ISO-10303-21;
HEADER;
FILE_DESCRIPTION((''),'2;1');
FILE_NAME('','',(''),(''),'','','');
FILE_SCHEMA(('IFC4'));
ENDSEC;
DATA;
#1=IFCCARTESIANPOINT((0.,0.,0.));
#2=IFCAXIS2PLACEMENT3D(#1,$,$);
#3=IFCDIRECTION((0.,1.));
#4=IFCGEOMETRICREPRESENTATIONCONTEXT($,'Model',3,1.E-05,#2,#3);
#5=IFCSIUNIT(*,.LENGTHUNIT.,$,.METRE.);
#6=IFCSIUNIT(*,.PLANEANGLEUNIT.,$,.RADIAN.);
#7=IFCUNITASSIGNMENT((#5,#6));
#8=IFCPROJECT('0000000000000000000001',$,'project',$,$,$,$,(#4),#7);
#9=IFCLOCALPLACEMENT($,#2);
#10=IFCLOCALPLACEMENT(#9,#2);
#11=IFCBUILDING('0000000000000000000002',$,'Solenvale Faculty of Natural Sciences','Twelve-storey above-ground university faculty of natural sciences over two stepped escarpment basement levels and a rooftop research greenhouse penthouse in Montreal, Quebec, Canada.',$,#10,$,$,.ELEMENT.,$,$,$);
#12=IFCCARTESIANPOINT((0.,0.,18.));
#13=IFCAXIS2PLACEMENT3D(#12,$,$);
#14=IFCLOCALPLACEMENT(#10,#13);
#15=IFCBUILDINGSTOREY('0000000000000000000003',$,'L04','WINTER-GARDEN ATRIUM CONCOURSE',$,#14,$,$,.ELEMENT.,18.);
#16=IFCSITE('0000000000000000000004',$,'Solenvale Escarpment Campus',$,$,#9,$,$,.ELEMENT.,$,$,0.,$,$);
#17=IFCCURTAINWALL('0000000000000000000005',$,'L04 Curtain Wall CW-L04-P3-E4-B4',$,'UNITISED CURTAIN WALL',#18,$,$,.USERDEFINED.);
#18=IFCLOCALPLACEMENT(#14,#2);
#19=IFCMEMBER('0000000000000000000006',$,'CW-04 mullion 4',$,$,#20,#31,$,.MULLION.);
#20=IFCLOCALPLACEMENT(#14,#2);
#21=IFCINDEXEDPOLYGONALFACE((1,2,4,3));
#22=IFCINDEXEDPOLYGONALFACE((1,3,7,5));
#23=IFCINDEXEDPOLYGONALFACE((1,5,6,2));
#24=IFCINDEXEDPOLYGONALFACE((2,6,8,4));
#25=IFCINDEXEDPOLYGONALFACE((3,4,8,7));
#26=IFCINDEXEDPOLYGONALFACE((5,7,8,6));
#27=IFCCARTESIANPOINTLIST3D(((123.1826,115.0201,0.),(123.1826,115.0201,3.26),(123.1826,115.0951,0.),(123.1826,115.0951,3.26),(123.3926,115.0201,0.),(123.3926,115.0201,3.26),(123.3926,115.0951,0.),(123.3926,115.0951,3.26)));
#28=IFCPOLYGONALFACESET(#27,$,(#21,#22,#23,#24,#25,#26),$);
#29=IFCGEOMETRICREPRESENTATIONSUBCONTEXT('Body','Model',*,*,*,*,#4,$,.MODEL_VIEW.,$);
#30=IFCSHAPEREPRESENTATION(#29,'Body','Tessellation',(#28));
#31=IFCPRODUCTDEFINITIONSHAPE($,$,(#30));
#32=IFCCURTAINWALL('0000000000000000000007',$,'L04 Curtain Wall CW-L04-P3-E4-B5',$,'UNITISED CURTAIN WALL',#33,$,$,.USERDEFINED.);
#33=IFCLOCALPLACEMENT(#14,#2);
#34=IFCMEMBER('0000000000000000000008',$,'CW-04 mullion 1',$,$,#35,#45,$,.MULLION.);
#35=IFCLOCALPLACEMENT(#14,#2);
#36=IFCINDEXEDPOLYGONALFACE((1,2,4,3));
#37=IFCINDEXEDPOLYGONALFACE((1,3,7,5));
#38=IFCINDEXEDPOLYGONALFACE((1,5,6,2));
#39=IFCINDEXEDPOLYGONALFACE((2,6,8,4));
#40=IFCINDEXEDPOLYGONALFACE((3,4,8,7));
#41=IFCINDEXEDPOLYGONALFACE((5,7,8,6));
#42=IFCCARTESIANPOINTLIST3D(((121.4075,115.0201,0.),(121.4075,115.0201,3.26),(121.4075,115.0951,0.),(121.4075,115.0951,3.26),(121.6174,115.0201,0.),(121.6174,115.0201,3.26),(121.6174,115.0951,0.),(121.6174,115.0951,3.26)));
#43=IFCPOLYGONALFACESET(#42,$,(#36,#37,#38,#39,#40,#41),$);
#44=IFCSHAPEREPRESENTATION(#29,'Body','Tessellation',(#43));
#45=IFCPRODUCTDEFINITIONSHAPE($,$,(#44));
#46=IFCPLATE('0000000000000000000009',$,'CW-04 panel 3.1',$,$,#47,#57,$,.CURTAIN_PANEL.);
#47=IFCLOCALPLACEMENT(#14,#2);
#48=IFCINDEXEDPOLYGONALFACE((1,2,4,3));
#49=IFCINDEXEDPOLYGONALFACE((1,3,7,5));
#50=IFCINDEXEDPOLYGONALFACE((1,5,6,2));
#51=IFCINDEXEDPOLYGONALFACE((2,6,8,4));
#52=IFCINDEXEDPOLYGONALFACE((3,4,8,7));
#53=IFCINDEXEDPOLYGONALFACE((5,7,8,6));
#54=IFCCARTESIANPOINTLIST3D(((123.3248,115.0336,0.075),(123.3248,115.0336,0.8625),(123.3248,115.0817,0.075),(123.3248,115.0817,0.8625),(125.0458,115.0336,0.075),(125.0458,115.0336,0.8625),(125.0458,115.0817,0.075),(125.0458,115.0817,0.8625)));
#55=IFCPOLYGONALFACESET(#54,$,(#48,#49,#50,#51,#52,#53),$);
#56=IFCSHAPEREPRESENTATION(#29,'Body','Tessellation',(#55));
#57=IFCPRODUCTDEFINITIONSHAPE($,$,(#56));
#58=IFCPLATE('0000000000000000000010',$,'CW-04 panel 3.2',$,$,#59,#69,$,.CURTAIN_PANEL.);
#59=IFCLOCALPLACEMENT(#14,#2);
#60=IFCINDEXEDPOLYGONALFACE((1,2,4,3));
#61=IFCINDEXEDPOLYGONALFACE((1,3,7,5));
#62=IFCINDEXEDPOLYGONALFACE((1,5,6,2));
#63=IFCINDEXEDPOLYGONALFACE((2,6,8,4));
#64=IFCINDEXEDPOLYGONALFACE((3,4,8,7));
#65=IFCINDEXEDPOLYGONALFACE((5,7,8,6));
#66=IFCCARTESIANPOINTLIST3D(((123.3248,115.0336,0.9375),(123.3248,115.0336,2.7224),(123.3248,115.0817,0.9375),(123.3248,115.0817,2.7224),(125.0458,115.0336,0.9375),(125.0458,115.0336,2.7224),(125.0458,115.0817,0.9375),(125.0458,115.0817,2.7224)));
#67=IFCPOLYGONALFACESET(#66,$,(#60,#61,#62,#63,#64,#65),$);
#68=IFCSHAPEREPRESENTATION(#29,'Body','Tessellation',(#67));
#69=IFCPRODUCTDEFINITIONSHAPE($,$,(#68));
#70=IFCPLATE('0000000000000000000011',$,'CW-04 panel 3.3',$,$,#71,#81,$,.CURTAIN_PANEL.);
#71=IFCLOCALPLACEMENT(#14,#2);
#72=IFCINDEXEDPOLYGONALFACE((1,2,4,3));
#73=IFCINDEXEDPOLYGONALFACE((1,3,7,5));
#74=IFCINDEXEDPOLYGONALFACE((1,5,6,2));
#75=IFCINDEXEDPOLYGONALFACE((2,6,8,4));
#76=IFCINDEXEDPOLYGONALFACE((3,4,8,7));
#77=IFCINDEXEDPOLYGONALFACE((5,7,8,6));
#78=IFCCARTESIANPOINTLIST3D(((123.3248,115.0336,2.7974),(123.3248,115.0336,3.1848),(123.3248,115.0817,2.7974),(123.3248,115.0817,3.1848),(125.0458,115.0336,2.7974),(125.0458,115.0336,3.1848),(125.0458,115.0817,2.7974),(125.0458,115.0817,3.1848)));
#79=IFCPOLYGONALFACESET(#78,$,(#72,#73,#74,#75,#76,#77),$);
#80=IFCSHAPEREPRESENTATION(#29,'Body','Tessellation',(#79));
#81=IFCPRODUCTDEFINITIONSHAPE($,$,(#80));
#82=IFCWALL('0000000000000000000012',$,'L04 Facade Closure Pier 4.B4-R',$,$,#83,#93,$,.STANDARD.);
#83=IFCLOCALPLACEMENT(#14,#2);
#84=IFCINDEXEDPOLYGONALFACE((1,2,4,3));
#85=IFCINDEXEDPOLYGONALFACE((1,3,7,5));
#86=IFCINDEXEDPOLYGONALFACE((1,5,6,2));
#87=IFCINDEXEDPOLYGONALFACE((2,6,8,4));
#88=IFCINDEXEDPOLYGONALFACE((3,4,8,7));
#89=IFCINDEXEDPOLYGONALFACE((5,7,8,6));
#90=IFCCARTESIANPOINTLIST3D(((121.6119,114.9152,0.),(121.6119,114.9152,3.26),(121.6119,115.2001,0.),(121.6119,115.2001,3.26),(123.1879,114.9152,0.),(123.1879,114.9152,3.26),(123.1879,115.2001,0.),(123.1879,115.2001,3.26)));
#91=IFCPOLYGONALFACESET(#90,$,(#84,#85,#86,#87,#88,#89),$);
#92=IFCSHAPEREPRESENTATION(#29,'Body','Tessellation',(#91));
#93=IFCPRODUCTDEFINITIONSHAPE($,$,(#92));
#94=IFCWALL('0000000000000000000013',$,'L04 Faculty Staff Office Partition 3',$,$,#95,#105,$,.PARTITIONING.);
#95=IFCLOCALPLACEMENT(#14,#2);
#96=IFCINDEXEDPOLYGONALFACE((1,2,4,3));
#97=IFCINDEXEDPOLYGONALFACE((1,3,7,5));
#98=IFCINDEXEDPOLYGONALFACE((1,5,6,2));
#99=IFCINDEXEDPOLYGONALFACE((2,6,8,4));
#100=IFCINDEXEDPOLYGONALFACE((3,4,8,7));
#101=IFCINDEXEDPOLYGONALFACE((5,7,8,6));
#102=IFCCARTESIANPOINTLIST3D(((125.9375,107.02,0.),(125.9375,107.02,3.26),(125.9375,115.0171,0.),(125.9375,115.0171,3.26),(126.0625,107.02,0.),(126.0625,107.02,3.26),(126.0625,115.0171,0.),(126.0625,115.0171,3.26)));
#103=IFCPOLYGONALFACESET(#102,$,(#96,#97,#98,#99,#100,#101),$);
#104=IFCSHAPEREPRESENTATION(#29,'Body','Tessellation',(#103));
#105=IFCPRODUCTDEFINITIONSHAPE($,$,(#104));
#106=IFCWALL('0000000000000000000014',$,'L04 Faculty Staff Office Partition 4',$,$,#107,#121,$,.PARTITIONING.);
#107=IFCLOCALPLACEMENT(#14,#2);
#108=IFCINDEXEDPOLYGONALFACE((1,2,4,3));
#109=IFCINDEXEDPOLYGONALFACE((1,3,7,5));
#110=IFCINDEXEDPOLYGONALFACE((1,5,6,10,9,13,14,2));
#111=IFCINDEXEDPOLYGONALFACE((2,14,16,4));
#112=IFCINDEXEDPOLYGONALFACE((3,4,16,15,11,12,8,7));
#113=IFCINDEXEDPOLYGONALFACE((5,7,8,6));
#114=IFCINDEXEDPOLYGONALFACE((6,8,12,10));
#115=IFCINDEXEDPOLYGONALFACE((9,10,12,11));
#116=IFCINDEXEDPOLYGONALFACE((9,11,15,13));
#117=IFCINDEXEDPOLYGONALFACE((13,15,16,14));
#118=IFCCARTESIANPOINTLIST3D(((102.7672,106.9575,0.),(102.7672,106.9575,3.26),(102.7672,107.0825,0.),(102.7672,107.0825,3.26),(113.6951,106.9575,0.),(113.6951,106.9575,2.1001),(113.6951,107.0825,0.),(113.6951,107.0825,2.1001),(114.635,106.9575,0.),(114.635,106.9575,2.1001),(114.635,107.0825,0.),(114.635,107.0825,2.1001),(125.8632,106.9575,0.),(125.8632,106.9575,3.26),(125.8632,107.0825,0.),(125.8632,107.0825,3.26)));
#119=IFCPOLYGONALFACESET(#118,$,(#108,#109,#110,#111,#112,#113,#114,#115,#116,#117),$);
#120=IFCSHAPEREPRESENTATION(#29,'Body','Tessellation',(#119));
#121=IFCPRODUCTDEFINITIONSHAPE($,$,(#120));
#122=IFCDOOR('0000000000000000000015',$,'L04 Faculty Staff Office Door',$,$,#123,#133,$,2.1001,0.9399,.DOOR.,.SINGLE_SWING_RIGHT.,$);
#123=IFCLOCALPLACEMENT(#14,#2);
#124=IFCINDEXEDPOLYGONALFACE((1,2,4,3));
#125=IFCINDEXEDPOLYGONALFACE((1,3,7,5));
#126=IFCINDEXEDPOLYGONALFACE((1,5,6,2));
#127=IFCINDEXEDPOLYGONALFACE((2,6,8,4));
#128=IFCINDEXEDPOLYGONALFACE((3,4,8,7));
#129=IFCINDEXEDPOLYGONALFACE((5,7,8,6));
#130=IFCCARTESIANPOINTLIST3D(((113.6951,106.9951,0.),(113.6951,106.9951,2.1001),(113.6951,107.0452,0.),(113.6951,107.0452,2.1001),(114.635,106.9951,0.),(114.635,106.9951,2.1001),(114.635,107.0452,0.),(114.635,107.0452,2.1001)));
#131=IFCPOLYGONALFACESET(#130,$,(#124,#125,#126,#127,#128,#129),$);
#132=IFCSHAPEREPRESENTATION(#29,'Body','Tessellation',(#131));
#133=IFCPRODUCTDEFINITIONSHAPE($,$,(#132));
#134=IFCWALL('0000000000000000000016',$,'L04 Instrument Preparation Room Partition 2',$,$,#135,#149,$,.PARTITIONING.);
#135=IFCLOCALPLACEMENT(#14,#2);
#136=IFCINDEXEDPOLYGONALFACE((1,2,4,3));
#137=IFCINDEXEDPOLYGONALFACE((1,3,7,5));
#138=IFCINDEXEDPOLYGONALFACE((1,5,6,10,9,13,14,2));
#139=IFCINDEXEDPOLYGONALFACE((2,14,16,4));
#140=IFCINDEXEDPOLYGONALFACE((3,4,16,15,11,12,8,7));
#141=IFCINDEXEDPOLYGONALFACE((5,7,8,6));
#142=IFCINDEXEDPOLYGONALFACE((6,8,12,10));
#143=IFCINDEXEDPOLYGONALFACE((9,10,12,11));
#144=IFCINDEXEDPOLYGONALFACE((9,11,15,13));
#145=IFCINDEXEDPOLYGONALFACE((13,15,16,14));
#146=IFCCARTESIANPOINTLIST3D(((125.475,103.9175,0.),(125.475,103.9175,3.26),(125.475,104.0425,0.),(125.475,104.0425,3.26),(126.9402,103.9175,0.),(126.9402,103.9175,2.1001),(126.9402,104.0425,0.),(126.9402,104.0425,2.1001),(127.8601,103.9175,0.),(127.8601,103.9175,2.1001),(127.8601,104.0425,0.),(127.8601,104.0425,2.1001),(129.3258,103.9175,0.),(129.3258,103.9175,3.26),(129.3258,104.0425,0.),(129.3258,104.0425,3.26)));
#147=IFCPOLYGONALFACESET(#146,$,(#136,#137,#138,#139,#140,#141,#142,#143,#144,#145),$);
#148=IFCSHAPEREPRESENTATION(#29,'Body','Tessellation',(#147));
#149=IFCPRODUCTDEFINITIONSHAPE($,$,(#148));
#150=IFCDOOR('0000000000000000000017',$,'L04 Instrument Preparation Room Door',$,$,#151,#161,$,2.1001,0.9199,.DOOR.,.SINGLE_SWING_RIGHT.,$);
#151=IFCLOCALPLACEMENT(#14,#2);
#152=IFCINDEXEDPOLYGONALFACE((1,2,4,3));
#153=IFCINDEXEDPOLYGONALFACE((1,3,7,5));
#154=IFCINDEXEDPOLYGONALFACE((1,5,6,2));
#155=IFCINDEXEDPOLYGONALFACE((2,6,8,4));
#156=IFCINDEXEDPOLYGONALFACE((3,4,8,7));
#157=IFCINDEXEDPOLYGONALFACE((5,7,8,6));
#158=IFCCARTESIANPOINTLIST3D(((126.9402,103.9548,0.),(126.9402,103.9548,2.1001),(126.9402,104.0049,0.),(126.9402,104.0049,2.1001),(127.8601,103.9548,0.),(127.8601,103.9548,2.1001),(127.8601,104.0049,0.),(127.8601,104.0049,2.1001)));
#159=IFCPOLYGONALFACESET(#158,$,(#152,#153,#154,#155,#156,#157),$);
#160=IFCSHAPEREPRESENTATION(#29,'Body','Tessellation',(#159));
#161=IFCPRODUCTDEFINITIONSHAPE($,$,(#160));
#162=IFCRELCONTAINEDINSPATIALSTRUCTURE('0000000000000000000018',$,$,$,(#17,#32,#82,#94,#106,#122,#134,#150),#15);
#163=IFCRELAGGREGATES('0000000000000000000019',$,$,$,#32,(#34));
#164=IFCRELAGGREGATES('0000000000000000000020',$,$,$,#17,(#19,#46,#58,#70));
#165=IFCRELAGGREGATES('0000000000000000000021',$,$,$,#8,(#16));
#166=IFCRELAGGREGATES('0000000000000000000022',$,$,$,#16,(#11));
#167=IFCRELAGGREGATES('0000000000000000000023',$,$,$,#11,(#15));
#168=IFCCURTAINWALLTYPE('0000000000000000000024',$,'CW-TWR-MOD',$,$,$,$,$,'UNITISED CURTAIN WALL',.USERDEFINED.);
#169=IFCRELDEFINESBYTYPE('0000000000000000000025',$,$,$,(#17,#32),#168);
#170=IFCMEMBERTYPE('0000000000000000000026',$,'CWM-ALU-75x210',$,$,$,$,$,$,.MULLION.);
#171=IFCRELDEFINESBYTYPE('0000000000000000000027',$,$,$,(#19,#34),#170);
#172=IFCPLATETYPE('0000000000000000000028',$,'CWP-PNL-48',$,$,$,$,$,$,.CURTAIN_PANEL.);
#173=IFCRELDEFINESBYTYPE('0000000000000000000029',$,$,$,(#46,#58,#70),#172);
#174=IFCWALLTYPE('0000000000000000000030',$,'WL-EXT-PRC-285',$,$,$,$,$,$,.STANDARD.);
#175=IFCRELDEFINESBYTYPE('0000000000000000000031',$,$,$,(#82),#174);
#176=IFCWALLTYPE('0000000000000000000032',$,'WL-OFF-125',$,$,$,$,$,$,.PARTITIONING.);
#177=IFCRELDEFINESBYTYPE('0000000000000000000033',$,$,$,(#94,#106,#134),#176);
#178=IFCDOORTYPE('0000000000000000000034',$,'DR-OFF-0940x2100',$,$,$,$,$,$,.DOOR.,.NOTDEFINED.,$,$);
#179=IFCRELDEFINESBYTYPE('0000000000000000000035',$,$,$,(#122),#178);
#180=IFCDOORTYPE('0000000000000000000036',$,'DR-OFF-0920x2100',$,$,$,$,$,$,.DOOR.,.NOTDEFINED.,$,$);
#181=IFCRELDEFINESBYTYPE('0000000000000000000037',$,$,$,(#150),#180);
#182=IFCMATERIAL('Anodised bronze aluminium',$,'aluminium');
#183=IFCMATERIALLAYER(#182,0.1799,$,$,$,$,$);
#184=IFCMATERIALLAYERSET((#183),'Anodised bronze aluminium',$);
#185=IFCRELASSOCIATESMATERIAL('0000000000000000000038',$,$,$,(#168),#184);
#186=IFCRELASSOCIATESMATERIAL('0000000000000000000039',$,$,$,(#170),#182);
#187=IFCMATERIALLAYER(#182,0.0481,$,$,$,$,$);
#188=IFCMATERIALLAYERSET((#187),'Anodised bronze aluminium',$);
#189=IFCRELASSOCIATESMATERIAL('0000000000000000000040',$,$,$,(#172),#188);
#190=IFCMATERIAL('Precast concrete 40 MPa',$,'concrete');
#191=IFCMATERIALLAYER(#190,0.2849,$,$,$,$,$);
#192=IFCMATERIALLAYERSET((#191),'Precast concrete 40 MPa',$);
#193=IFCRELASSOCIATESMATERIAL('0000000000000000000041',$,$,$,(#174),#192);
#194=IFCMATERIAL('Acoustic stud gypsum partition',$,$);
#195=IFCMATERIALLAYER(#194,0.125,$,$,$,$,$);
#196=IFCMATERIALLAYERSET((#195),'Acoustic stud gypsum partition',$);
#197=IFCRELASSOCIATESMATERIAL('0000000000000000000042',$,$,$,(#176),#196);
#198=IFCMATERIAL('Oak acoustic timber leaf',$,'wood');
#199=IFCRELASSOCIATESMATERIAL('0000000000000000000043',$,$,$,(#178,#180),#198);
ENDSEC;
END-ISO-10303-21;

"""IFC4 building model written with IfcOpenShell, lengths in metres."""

from ifc_helpers import new_model, si_unit, direction, frame, frame_2d, origin, origin_2d, place, context, subcontext, project, spatial, rectangle, extrude, material, layer, layer_set, material_profile, profile_set, type_object, element, fill, aggregate, save


model = new_model("IFC4")

# Units and contexts
model_context = context("Model", 3, precision=1e-05, world=origin(), true_north=direction((0.0, 1.0)))
body_context = subcontext(model_context, "Body", "Model", "MODEL_VIEW")
ifc_project = project(units=[si_unit("LENGTHUNIT", "METRE"), si_unit("PLANEANGLEUNIT", "RADIAN")], contexts=[model_context])

# Site, building, storey
site_placement = place(None, origin())
site = spatial("IfcSite", under=ifc_project, at=site_placement, Name="Solenvale Escarpment Campus", CompositionType="ELEMENT", RefElevation=0.0)
building_placement = place(site_placement, origin())
building = spatial("IfcBuilding", under=site, at=building_placement, Name="Solenvale Faculty of Natural Sciences", Description="Twelve-storey above-ground university faculty of natural sciences over two stepped escarpment basement levels and a rooftop research greenhouse penthouse in Montreal, Quebec, Canada.", CompositionType="ELEMENT")
storey_placement = place(building_placement, frame((0.0, 0.0, 18.0)))
storey = spatial("IfcBuildingStorey", under=building, at=storey_placement, Name="L04", Description="WINTER-GARDEN ATRIUM CONCOURSE", CompositionType="ELEMENT", Elevation=18.0)

# Curtain walls, members
ifc_material_1 = material(Name="Anodised bronze aluminium", Category="aluminium")
ifc_layer_1 = layer(ifc_material_1, 0.1799)
ifc_layer_set_1 = layer_set([ifc_layer_1], Name="Anodised bronze aluminium")
curtain_wall_type = type_object("IfcCurtainWallType", Name="CW-TWR-MOD", ElementType="UNITISED CURTAIN WALL", PredefinedType="USERDEFINED", material=ifc_layer_set_1)
curtain_wall_1_placement = place(storey_placement, origin())
curtain_wall_1 = element("IfcCurtainWall", 1, at=curtain_wall_1_placement, inside=storey, type_object=curtain_wall_type, Name="L04 Curtain Wall CW-L04-P3-E4-B4", ObjectType="UNITISED CURTAIN WALL", PredefinedType="USERDEFINED")
ifc_material_profile_1 = material_profile(ifc_material_1, rectangle(XDim=0.075, YDim=0.21, at=origin_2d()), Name="ALU-MUL-75x210")
ifc_profile_set_1 = profile_set([ifc_material_profile_1], Name="Anodised bronze aluminium")
member_type = type_object("IfcMemberType", Name="CWM-ALU-75x210", PredefinedType="MULLION", material=ifc_profile_set_1)
member_1_placement = place(storey_placement, frame((123.2876, 115.0576, 0.0), z_axis=(0.0, 0.0, 1.0), x_axis=(0.0, -1.0, 0.0)))
member_1 = element("IfcMember", 2, at=member_1_placement, type_object=member_type, Name="CW-04 mullion 4", PredefinedType="MULLION", context=body_context, shape_type="SweptSolid", body=[
    extrude(rectangle(XDim=0.075, YDim=0.21, at=origin_2d()), origin(), (0.0, 0.0, 1.0), 3.26),
])
curtain_wall_2_placement = place(storey_placement, origin())
curtain_wall_2 = element("IfcCurtainWall", 3, at=curtain_wall_2_placement, inside=storey, type_object=curtain_wall_type, Name="L04 Curtain Wall CW-L04-P3-E4-B5", ObjectType="UNITISED CURTAIN WALL", PredefinedType="USERDEFINED")
member_2_placement = place(storey_placement, frame((121.5125, 115.0576, 0.0), z_axis=(0.0, 0.0, 1.0), x_axis=(0.0, -1.0, 0.0)))
member_2 = element("IfcMember", 4, at=member_2_placement, type_object=member_type, Name="CW-04 mullion 1", PredefinedType="MULLION", context=body_context, shape_type="SweptSolid", body=[
    extrude(rectangle(XDim=0.075, YDim=0.21, at=origin_2d()), origin(), (0.0, 0.0, 1.0), 3.26),
])
aggregate(curtain_wall_2, [member_2])

# Plates
ifc_layer_2 = layer(ifc_material_1, 0.0481)
ifc_layer_set_2 = layer_set([ifc_layer_2], Name="Anodised bronze aluminium")
plate_type = type_object("IfcPlateType", Name="CWP-PNL-48", PredefinedType="CURTAIN_PANEL", material=ifc_layer_set_2)
plate_1_placement = place(storey_placement, frame((124.1853, 115.0576, 0.075), z_axis=(0.0, 0.0, 1.0), x_axis=(-1.0, 0.0, 0.0)))
plate_1 = element("IfcPlate", 5, at=plate_1_placement, type_object=plate_type, Name="CW-04 panel 3.1", PredefinedType="CURTAIN_PANEL", context=body_context, shape_type="SweptSolid", body=[
    extrude(rectangle(XDim=1.7209, YDim=0.0481, at=origin_2d()), origin(), (0.0, 0.0, 1.0), 0.7876),
])
plate_2_placement = place(storey_placement, frame((124.1853, 115.0576, 0.9375), z_axis=(0.0, 0.0, 1.0), x_axis=(-1.0, 0.0, 0.0)))
plate_2 = element("IfcPlate", 6, at=plate_2_placement, type_object=plate_type, Name="CW-04 panel 3.2", PredefinedType="CURTAIN_PANEL", context=body_context, shape_type="SweptSolid", body=[
    extrude(rectangle(XDim=1.7209, YDim=0.0481, at=origin_2d()), origin(), (0.0, 0.0, 1.0), 1.7849),
])
plate_3_placement = place(storey_placement, frame((124.1853, 115.0576, 2.7974), z_axis=(0.0, 0.0, 1.0), x_axis=(-1.0, 0.0, 0.0)))
plate_3 = element("IfcPlate", 7, at=plate_3_placement, type_object=plate_type, Name="CW-04 panel 3.3", PredefinedType="CURTAIN_PANEL", context=body_context, shape_type="SweptSolid", body=[
    extrude(rectangle(XDim=1.7209, YDim=0.0481, at=origin_2d()), origin(), (0.0, 0.0, 1.0), 0.3875),
])
aggregate(curtain_wall_1, [member_1, plate_1, plate_2, plate_3])

# Wall
ifc_material_2 = material(Name="Precast concrete 40 MPa", Category="concrete")
ifc_layer_3 = layer(ifc_material_2, 0.2849)
ifc_layer_set_3 = layer_set([ifc_layer_3], Name="Precast concrete 40 MPa")
wall_type_1 = type_object("IfcWallType", Name="WL-EXT-PRC-285", PredefinedType="STANDARD", material=ifc_layer_set_3)
wall_1_placement = place(storey_placement, frame((123.188, 115.0576, 0.0), z_axis=(0.0, 0.0, 1.0), x_axis=(-1.0, 0.0, 0.0)))
element("IfcWall", 8, at=wall_1_placement, inside=storey, type_object=wall_type_1, Name="L04 Facade Closure Pier 4.B4-R", PredefinedType="STANDARD", context=body_context, shape_type="SweptSolid", body=[
    extrude(rectangle(XDim=1.5759, YDim=0.2849, at=frame_2d((0.7881, 0.0))), origin(), (0.0, 0.0, 1.0), 3.26),
])

# Wall
ifc_material_3 = material(Name="Acoustic stud gypsum partition")
ifc_layer_4 = layer(ifc_material_3, 0.125)
ifc_layer_set_4 = layer_set([ifc_layer_4], Name="Acoustic stud gypsum partition")
wall_type_2 = type_object("IfcWallType", Name="WL-OFF-125", PredefinedType="PARTITIONING", material=ifc_layer_set_4)
wall_2_placement = place(storey_placement, frame((126.0, 115.0171, 0.0), z_axis=(0.0, 0.0, 1.0), x_axis=(0.0, -1.0, 0.0)))
element("IfcWall", 9, at=wall_2_placement, inside=storey, type_object=wall_type_2, Name="L04 Faculty Staff Office Partition 3", PredefinedType="PARTITIONING", context=body_context, shape_type="SweptSolid", body=[
    extrude(rectangle(XDim=7.9971, YDim=0.125, at=frame_2d((3.9985, 0.0))), origin(), (0.0, 0.0, 1.0), 3.26),
])

# Walls, openings, doors
wall_3_placement = place(storey_placement, frame((125.863, 107.02, 0.0), z_axis=(0.0, 0.0, 1.0), x_axis=(-1.0, 0.0, 0.0)))
wall_3 = element("IfcWall", 10, at=wall_3_placement, inside=storey, type_object=wall_type_2, Name="L04 Faculty Staff Office Partition 4", PredefinedType="PARTITIONING", context=body_context, shape_type="SweptSolid", body=[
    extrude(rectangle(XDim=23.0959, YDim=0.125, at=frame_2d((11.5479, 0.0))), origin(), (0.0, 0.0, 1.0), 3.26),
])
opening_1_placement = place(wall_3_placement, frame((11.228, 0.0, 0.0)))
opening_1 = element("IfcOpeningElement", 11, at=opening_1_placement, cuts=wall_3, PredefinedType="OPENING", context=body_context, shape_type="SweptSolid", body=[
    extrude(rectangle(XDim=0.9399, YDim=2.1001, at=frame_2d((0.47, 1.05))), frame((0.0, 0.0725, 0.0), z_axis=(0.0, -1.0, 0.0), x_axis=(1.0, 0.0, 0.0)), (0.0, 0.0, 1.0), 0.145),
])
ifc_material_4 = material(Name="Oak acoustic timber leaf", Category="wood")
door_type_1 = type_object("IfcDoorType", Name="DR-OFF-0940x2100", OperationType="NOTDEFINED", PredefinedType="DOOR", material=ifc_material_4)
door_1_placement = place(opening_1_placement, origin())
door_1 = element("IfcDoor", 12, at=door_1_placement, inside=storey, type_object=door_type_1, Name="L04 Faculty Staff Office Door", OperationType="SINGLE_SWING_RIGHT", OverallHeight=2.1001, OverallWidth=0.9399, PredefinedType="DOOR", context=body_context, shape_type="SweptSolid", body=[
    extrude(rectangle(XDim=0.9399, YDim=2.1001, at=frame_2d((0.47, 1.05))), frame((0.0, 0.0249, 0.0), z_axis=(0.0, -1.0, 0.0), x_axis=(1.0, 0.0, 0.0)), (0.0, 0.0, 1.0), 0.05),
])
fill(opening_1, door_1)
wall_4_placement = place(storey_placement, frame((125.4751, 103.98, 0.0), z_axis=(0.0, 0.0, 1.0), x_axis=(1.0, 0.0, 0.0)))
wall_4 = element("IfcWall", 13, at=wall_4_placement, inside=storey, type_object=wall_type_2, Name="L04 Instrument Preparation Room Partition 2", PredefinedType="PARTITIONING", context=body_context, shape_type="SweptSolid", body=[
    extrude(rectangle(XDim=3.8508, YDim=0.125, at=frame_2d((1.9253, 0.0))), origin(), (0.0, 0.0, 1.0), 3.26),
])
opening_2_placement = place(wall_4_placement, frame((1.4651, 0.0, 0.0)))
opening_2 = element("IfcOpeningElement", 14, at=opening_2_placement, cuts=wall_4, PredefinedType="OPENING", context=body_context, shape_type="SweptSolid", body=[
    extrude(rectangle(XDim=0.9199, YDim=2.1001, at=frame_2d((0.46, 1.05))), frame((0.0, 0.0725, 0.0), z_axis=(0.0, -1.0, 0.0), x_axis=(1.0, 0.0, 0.0)), (0.0, 0.0, 1.0), 0.145),
])
door_type_2 = type_object("IfcDoorType", Name="DR-OFF-0920x2100", OperationType="NOTDEFINED", PredefinedType="DOOR", material=ifc_material_4)
door_2_placement = place(opening_2_placement, origin())
door_2 = element("IfcDoor", 15, at=door_2_placement, inside=storey, type_object=door_type_2, Name="L04 Instrument Preparation Room Door", OperationType="SINGLE_SWING_RIGHT", OverallHeight=2.1001, OverallWidth=0.9199, PredefinedType="DOOR", context=body_context, shape_type="SweptSolid", body=[
    extrude(rectangle(XDim=0.9199, YDim=2.1001, at=frame_2d((0.46, 1.05))), frame((0.0, 0.0249, 0.0), z_axis=(0.0, -1.0, 0.0), x_axis=(1.0, 0.0, 0.0)), (0.0, 0.0, 1.0), 0.05),
])
fill(opening_2, door_2)

save(model, "model.ifc")
